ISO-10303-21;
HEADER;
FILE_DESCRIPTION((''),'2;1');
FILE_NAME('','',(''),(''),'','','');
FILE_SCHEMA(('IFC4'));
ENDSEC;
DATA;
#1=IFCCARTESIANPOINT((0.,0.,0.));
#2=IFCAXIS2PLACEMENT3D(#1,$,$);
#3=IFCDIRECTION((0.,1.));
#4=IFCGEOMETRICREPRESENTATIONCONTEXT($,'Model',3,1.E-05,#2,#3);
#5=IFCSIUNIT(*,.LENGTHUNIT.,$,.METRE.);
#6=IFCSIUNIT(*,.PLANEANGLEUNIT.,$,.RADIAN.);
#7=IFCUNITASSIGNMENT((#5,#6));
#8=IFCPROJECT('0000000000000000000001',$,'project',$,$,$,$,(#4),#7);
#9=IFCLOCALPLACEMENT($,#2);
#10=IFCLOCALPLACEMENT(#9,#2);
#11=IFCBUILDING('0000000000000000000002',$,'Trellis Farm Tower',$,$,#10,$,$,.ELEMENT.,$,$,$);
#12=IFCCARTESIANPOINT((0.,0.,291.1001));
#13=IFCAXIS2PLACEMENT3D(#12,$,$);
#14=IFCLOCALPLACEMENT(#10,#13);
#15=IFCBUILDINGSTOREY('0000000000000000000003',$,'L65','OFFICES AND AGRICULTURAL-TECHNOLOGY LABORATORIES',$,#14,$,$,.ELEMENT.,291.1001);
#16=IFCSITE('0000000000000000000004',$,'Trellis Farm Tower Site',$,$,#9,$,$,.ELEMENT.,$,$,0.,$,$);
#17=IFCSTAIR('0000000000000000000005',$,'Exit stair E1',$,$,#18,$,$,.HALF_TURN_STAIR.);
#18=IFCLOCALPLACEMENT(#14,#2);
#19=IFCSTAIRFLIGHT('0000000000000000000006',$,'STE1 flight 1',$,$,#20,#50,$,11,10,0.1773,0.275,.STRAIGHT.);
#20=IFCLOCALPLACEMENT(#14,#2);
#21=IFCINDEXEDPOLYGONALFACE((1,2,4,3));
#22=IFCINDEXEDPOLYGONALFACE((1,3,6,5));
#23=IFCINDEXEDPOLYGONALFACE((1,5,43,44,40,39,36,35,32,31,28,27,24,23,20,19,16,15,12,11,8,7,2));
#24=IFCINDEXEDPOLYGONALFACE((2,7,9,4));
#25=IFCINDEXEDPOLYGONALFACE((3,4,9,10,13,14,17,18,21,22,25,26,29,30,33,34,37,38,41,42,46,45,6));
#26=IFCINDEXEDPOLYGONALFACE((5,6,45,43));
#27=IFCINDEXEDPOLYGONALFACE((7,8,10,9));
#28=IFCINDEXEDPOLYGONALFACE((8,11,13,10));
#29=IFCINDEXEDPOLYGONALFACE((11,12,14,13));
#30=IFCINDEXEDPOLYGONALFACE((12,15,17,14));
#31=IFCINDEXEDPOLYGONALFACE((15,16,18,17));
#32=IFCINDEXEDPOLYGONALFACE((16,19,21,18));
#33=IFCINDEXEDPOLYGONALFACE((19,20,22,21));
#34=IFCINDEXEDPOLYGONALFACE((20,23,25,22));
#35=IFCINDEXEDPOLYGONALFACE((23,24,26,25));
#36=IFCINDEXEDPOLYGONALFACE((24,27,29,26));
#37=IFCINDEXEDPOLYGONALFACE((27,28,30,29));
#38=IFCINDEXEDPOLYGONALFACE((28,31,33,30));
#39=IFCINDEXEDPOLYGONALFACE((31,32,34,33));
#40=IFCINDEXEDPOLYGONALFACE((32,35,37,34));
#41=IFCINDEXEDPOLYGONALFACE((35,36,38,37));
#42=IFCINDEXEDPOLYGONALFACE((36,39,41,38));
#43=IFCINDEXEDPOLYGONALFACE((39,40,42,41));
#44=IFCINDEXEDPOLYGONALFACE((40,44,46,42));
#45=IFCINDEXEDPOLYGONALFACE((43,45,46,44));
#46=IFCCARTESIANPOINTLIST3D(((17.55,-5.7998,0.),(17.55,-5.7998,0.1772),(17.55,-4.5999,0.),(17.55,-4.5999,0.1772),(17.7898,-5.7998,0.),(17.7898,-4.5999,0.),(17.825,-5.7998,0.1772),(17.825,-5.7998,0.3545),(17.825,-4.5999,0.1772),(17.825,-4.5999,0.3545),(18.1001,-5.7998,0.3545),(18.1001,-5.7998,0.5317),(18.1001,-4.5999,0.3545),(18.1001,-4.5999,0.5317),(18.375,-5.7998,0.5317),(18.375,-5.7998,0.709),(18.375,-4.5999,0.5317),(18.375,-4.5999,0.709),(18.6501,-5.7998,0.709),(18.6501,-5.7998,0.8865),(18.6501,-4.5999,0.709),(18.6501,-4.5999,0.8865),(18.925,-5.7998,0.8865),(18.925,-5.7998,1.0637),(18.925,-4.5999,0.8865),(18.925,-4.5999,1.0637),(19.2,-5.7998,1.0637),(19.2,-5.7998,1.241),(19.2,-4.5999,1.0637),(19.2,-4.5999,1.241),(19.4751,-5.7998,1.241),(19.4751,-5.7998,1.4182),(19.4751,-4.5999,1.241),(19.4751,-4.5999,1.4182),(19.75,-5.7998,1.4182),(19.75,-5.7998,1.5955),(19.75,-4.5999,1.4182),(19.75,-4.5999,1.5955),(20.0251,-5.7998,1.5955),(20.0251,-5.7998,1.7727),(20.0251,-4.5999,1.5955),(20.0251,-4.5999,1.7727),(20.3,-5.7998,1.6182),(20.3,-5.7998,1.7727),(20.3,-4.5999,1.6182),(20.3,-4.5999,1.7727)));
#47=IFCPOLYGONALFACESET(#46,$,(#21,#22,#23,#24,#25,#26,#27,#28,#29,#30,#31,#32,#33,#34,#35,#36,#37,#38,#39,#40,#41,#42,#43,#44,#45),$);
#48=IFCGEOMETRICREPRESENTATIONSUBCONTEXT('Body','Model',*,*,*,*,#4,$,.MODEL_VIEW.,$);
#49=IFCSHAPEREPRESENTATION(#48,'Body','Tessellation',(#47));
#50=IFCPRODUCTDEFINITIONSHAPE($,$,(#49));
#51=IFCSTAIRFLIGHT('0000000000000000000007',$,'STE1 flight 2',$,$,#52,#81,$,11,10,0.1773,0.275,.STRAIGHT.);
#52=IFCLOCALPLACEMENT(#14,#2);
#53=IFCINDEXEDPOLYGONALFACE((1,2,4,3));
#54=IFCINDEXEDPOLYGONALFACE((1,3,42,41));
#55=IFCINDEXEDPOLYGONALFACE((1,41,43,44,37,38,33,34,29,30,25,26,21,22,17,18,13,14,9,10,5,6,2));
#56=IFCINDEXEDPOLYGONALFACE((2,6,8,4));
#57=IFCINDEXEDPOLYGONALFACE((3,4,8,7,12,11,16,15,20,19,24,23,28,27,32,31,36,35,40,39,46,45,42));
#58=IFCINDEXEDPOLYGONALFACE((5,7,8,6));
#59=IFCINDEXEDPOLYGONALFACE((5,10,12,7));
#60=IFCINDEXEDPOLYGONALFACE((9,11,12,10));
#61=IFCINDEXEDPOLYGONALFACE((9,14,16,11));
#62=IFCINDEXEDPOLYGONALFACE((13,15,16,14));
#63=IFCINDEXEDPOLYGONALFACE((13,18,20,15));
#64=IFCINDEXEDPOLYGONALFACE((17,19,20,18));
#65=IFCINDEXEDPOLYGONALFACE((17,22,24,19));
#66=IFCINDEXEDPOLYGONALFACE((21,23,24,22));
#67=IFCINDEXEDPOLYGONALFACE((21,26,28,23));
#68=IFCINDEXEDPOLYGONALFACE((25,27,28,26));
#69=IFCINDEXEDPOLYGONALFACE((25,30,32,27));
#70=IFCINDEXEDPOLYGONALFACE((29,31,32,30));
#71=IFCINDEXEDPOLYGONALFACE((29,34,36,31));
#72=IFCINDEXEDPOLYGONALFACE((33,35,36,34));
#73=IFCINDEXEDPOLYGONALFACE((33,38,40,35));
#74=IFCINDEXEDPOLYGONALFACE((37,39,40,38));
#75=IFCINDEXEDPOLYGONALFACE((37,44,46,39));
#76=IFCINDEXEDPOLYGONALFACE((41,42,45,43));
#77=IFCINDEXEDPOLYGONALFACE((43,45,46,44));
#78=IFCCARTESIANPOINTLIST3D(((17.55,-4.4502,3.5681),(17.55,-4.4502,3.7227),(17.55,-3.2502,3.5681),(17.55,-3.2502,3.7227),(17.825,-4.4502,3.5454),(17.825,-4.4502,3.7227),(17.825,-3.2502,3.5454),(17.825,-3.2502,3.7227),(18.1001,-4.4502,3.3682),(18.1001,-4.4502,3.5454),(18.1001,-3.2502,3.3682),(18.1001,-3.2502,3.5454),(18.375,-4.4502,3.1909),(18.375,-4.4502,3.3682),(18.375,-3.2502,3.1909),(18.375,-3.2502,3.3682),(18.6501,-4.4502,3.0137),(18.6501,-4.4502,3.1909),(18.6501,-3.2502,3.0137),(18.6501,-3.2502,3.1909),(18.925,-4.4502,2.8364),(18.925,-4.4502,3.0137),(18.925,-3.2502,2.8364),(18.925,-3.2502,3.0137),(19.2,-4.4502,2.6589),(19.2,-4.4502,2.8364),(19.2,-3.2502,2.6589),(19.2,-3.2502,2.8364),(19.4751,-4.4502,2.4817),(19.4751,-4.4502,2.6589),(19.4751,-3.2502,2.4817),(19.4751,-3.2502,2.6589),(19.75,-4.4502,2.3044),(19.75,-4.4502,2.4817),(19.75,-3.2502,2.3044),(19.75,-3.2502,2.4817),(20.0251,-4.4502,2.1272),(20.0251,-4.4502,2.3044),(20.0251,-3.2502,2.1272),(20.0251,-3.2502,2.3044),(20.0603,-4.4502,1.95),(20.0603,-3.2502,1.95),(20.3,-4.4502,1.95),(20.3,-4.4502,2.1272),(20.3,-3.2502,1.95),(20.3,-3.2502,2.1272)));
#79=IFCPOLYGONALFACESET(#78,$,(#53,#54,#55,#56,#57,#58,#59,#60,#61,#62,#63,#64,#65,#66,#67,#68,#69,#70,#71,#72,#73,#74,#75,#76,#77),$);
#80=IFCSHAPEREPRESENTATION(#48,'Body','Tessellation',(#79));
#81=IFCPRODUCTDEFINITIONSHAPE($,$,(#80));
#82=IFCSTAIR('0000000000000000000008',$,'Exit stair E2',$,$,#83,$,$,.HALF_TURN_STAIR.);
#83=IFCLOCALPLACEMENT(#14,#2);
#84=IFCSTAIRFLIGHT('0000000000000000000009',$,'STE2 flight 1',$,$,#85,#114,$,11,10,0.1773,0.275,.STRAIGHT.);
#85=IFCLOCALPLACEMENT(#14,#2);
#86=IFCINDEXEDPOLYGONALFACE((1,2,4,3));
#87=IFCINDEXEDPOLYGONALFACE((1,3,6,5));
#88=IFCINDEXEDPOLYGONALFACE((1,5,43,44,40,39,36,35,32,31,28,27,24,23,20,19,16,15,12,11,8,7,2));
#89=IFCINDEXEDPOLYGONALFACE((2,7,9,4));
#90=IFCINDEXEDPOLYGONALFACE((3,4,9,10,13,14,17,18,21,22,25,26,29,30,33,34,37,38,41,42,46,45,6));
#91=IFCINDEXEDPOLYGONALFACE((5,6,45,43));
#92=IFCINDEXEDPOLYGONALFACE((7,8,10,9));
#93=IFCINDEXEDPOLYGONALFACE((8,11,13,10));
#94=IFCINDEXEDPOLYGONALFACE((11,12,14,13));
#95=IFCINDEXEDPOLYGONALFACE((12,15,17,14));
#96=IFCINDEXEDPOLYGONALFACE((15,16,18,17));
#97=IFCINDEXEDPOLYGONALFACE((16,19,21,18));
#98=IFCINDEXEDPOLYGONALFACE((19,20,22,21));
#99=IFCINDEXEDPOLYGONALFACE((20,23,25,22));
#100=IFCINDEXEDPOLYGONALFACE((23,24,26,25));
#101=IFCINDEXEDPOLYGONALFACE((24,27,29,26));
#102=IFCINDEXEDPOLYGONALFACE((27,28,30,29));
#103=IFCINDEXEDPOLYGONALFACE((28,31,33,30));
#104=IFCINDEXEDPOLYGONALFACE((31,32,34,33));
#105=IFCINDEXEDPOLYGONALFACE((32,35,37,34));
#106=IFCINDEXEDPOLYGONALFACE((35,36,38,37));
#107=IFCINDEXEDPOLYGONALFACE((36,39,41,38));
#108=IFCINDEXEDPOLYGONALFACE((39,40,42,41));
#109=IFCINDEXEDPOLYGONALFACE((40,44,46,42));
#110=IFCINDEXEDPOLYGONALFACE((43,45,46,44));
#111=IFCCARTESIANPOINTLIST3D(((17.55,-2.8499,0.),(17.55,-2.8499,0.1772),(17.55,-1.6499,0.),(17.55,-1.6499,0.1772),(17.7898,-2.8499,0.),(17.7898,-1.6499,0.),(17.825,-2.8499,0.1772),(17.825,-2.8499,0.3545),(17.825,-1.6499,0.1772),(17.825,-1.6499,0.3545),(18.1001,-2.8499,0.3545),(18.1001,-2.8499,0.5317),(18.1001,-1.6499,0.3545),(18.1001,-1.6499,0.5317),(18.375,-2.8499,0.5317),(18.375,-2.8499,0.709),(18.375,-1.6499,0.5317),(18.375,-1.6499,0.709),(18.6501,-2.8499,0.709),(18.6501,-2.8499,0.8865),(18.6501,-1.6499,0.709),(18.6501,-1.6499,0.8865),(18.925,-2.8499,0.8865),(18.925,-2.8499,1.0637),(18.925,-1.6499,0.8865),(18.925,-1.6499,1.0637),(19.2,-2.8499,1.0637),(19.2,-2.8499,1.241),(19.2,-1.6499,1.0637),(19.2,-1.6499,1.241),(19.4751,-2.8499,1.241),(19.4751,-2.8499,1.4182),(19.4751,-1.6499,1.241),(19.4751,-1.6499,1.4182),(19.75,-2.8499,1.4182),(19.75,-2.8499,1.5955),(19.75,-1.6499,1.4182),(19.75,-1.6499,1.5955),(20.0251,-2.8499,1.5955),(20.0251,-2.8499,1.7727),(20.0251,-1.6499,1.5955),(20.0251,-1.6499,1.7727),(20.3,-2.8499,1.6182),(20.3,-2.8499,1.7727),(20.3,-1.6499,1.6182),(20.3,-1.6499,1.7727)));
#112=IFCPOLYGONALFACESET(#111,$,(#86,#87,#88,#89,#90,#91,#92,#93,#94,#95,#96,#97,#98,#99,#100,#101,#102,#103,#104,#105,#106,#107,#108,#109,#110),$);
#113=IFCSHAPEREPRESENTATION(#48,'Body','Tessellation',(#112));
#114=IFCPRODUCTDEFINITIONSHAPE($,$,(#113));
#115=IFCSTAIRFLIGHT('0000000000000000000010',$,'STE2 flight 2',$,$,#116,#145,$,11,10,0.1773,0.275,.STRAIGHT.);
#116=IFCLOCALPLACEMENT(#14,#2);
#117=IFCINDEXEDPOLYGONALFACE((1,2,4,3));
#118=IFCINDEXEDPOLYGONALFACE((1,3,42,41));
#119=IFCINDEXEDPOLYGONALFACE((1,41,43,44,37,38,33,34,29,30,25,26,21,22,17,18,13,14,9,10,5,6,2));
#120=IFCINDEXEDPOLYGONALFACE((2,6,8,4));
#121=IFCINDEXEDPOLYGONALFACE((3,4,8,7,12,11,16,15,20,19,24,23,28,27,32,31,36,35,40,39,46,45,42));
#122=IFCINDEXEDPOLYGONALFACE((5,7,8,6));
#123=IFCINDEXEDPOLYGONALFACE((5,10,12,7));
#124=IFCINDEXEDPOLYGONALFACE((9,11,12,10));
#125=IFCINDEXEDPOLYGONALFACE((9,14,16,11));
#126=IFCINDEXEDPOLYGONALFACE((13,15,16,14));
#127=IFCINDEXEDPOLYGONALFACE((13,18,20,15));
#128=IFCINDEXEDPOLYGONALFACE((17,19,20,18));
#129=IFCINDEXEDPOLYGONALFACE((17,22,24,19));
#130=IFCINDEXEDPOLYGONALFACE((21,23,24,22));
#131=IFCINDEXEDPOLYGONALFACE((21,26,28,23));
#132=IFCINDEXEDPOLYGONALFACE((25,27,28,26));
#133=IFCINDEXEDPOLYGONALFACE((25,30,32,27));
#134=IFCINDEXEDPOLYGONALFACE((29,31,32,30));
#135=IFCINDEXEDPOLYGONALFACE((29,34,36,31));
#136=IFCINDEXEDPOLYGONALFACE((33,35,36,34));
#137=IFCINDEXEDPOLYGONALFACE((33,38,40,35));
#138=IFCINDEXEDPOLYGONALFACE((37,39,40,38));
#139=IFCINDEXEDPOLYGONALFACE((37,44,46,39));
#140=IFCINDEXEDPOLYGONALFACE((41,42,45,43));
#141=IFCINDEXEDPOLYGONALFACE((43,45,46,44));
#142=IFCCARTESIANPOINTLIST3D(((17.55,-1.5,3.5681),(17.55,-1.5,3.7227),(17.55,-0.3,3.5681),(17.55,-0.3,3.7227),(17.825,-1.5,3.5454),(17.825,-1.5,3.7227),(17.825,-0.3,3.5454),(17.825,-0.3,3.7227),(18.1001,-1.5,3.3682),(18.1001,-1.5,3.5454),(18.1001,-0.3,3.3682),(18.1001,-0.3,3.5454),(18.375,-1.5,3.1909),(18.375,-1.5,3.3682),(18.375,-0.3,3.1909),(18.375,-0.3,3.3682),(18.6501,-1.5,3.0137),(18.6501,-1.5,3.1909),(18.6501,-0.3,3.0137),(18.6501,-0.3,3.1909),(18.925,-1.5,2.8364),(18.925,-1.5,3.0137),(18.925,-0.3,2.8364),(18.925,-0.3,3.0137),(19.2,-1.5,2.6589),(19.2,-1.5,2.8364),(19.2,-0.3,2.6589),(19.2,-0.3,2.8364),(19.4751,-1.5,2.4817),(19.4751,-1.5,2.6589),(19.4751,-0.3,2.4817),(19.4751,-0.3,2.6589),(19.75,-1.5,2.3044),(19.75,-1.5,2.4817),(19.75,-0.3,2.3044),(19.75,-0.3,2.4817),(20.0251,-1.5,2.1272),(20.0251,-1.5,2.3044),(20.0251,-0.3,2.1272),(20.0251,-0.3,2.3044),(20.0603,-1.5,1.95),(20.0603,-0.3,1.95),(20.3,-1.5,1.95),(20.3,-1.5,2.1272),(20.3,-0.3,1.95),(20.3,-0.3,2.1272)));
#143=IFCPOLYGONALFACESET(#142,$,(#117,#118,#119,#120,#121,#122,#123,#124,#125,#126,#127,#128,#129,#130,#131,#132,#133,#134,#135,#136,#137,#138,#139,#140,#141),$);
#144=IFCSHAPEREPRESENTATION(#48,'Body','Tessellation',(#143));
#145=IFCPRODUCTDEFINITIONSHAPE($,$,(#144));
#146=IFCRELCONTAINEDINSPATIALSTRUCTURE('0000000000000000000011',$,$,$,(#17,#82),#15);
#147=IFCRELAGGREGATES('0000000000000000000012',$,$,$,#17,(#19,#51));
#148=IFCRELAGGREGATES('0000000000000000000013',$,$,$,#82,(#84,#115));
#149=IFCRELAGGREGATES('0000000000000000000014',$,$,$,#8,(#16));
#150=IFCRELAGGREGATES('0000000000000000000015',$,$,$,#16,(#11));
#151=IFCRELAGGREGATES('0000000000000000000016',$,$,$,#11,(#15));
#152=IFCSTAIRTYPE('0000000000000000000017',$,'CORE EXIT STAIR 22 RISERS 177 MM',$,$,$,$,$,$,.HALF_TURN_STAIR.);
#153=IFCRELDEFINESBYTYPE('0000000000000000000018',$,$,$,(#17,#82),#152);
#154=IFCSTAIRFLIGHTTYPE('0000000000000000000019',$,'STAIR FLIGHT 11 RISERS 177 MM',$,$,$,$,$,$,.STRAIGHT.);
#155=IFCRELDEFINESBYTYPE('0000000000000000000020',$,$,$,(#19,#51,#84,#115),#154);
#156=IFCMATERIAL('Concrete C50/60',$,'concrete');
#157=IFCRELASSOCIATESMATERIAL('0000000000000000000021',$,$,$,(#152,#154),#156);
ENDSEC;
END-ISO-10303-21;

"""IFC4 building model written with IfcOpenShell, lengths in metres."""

from ifc_helpers import new_model, si_unit, direction, frame, origin, place, context, subcontext, project, spatial, polyline, outline, extrude, source, transform, mapped, material, type_object, element, aggregate, save


model = new_model("IFC4")

# Units and contexts
model_context = context("Model", 3, precision=1e-05, world=origin(), true_north=direction((0.0, 1.0)))
body_context = subcontext(model_context, "Body", "Model", "MODEL_VIEW")
ifc_project = project(units=[si_unit("LENGTHUNIT", "METRE"), si_unit("PLANEANGLEUNIT", "RADIAN")], contexts=[model_context])

# Site, building, storey
site_placement = place(None, origin())
site = spatial("IfcSite", under=ifc_project, at=site_placement, Name="Trellis Farm Tower Site", CompositionType="ELEMENT", RefElevation=0.0)
building_placement = place(site_placement, origin())
building = spatial("IfcBuilding", under=site, at=building_placement, Name="Trellis Farm Tower", CompositionType="ELEMENT")
storey_placement = place(building_placement, frame((0.0, 0.0, 291.1001)))
storey = spatial("IfcBuildingStorey", under=building, at=storey_placement, Name="L65", Description="OFFICES AND AGRICULTURAL-TECHNOLOGY LABORATORIES", CompositionType="ELEMENT", Elevation=291.1001)

# Shared definitions
placement = place(storey_placement, origin())

# Shared definitions
ifc_material_1 = material(Name="Concrete C50/60", Category="concrete")

# Stairs, stair flights
stair_type = type_object("IfcStairType", Name="CORE EXIT STAIR 22 RISERS 177 MM", PredefinedType="HALF_TURN_STAIR", material=ifc_material_1)
stair_1 = element("IfcStair", 1, at=placement, inside=storey, type_object=stair_type, Name="Exit stair E1", PredefinedType="HALF_TURN_STAIR")
stair_flight_type = type_object("IfcStairFlightType", Name="STAIR FLIGHT 11 RISERS 177 MM", PredefinedType="STRAIGHT", material=ifc_material_1)
shared_shape_1 = source(origin(), body_context, "Body", "SweptSolid", [
    extrude(outline(polyline([(0.0, 0.0), (0.0, 0.1772), (0.2749, 0.1772), (0.2749, 0.3545), (0.55, 0.3545), (0.55, 0.5317), (0.825, 0.5317), (0.825, 0.709), (1.1001, 0.709), (1.1001, 0.8865), (1.375, 0.8865), (1.375, 1.0637), (1.6499, 1.0637), (1.6499, 1.241), (1.925, 1.241), (1.925, 1.4182), (2.2, 1.4182), (2.2, 1.5955), (2.4751, 1.5955), (2.4751, 1.7727), (2.75, 1.7727), (2.75, 1.95), (2.75, 1.6182), (0.2397, 0.0), (0.0, 0.0)])), frame((0.0, 0.6001, 0.0), z_axis=(0.0, -1.0, 0.0), x_axis=(1.0, 0.0, 0.0)), (0.0, 0.0, 1.0), 1.2),
])
stair_flight_1_placement = place(storey_placement, frame((17.55, -5.2, 0.0), z_axis=(0.0, 0.0, 1.0), x_axis=(1.0, 0.0, 0.0)))
stair_flight_1 = element("IfcStairFlight", 2, at=stair_flight_1_placement, type_object=stair_flight_type, Name="STE1 flight 1", NumberOfRisers=11, NumberOfTreads=10, PredefinedType="STRAIGHT", RiserHeight=0.1773, TreadLength=0.275, context=body_context, shape_type="MappedRepresentation", body=[
    mapped(shared_shape_1, transform((0.0, 0.0, 0.0))),
])
stair_flight_2_placement = place(storey_placement, frame((20.3, -3.8501, 1.95), z_axis=(0.0, 0.0, 1.0), x_axis=(-1.0, 0.0, 0.0)))
stair_flight_2 = element("IfcStairFlight", 3, at=stair_flight_2_placement, type_object=stair_flight_type, Name="STE1 flight 2", NumberOfRisers=11, NumberOfTreads=10, PredefinedType="STRAIGHT", RiserHeight=0.1773, TreadLength=0.275, context=body_context, shape_type="MappedRepresentation", body=[
    mapped(shared_shape_1, transform((0.0, 0.0, 0.0))),
])
aggregate(stair_1, [stair_flight_1, stair_flight_2])
stair_2 = element("IfcStair", 4, at=placement, inside=storey, type_object=stair_type, Name="Exit stair E2", PredefinedType="HALF_TURN_STAIR")
stair_flight_3_placement = place(storey_placement, frame((17.55, -2.25, 0.0), z_axis=(0.0, 0.0, 1.0), x_axis=(1.0, 0.0, 0.0)))
stair_flight_3 = element("IfcStairFlight", 5, at=stair_flight_3_placement, type_object=stair_flight_type, Name="STE2 flight 1", NumberOfRisers=11, NumberOfTreads=10, PredefinedType="STRAIGHT", RiserHeight=0.1773, TreadLength=0.275, context=body_context, shape_type="MappedRepresentation", body=[
    mapped(shared_shape_1, transform((0.0, 0.0, 0.0))),
])
stair_flight_4_placement = place(storey_placement, frame((20.3, -0.8999, 1.95), z_axis=(0.0, 0.0, 1.0), x_axis=(-1.0, 0.0, 0.0)))
stair_flight_4 = element("IfcStairFlight", 6, at=stair_flight_4_placement, type_object=stair_flight_type, Name="STE2 flight 2", NumberOfRisers=11, NumberOfTreads=10, PredefinedType="STRAIGHT", RiserHeight=0.1773, TreadLength=0.275, context=body_context, shape_type="MappedRepresentation", body=[
    mapped(shared_shape_1, transform((0.0, 0.0, 0.0))),
])
aggregate(stair_2, [stair_flight_3, stair_flight_4])

save(model, "model.ifc")
